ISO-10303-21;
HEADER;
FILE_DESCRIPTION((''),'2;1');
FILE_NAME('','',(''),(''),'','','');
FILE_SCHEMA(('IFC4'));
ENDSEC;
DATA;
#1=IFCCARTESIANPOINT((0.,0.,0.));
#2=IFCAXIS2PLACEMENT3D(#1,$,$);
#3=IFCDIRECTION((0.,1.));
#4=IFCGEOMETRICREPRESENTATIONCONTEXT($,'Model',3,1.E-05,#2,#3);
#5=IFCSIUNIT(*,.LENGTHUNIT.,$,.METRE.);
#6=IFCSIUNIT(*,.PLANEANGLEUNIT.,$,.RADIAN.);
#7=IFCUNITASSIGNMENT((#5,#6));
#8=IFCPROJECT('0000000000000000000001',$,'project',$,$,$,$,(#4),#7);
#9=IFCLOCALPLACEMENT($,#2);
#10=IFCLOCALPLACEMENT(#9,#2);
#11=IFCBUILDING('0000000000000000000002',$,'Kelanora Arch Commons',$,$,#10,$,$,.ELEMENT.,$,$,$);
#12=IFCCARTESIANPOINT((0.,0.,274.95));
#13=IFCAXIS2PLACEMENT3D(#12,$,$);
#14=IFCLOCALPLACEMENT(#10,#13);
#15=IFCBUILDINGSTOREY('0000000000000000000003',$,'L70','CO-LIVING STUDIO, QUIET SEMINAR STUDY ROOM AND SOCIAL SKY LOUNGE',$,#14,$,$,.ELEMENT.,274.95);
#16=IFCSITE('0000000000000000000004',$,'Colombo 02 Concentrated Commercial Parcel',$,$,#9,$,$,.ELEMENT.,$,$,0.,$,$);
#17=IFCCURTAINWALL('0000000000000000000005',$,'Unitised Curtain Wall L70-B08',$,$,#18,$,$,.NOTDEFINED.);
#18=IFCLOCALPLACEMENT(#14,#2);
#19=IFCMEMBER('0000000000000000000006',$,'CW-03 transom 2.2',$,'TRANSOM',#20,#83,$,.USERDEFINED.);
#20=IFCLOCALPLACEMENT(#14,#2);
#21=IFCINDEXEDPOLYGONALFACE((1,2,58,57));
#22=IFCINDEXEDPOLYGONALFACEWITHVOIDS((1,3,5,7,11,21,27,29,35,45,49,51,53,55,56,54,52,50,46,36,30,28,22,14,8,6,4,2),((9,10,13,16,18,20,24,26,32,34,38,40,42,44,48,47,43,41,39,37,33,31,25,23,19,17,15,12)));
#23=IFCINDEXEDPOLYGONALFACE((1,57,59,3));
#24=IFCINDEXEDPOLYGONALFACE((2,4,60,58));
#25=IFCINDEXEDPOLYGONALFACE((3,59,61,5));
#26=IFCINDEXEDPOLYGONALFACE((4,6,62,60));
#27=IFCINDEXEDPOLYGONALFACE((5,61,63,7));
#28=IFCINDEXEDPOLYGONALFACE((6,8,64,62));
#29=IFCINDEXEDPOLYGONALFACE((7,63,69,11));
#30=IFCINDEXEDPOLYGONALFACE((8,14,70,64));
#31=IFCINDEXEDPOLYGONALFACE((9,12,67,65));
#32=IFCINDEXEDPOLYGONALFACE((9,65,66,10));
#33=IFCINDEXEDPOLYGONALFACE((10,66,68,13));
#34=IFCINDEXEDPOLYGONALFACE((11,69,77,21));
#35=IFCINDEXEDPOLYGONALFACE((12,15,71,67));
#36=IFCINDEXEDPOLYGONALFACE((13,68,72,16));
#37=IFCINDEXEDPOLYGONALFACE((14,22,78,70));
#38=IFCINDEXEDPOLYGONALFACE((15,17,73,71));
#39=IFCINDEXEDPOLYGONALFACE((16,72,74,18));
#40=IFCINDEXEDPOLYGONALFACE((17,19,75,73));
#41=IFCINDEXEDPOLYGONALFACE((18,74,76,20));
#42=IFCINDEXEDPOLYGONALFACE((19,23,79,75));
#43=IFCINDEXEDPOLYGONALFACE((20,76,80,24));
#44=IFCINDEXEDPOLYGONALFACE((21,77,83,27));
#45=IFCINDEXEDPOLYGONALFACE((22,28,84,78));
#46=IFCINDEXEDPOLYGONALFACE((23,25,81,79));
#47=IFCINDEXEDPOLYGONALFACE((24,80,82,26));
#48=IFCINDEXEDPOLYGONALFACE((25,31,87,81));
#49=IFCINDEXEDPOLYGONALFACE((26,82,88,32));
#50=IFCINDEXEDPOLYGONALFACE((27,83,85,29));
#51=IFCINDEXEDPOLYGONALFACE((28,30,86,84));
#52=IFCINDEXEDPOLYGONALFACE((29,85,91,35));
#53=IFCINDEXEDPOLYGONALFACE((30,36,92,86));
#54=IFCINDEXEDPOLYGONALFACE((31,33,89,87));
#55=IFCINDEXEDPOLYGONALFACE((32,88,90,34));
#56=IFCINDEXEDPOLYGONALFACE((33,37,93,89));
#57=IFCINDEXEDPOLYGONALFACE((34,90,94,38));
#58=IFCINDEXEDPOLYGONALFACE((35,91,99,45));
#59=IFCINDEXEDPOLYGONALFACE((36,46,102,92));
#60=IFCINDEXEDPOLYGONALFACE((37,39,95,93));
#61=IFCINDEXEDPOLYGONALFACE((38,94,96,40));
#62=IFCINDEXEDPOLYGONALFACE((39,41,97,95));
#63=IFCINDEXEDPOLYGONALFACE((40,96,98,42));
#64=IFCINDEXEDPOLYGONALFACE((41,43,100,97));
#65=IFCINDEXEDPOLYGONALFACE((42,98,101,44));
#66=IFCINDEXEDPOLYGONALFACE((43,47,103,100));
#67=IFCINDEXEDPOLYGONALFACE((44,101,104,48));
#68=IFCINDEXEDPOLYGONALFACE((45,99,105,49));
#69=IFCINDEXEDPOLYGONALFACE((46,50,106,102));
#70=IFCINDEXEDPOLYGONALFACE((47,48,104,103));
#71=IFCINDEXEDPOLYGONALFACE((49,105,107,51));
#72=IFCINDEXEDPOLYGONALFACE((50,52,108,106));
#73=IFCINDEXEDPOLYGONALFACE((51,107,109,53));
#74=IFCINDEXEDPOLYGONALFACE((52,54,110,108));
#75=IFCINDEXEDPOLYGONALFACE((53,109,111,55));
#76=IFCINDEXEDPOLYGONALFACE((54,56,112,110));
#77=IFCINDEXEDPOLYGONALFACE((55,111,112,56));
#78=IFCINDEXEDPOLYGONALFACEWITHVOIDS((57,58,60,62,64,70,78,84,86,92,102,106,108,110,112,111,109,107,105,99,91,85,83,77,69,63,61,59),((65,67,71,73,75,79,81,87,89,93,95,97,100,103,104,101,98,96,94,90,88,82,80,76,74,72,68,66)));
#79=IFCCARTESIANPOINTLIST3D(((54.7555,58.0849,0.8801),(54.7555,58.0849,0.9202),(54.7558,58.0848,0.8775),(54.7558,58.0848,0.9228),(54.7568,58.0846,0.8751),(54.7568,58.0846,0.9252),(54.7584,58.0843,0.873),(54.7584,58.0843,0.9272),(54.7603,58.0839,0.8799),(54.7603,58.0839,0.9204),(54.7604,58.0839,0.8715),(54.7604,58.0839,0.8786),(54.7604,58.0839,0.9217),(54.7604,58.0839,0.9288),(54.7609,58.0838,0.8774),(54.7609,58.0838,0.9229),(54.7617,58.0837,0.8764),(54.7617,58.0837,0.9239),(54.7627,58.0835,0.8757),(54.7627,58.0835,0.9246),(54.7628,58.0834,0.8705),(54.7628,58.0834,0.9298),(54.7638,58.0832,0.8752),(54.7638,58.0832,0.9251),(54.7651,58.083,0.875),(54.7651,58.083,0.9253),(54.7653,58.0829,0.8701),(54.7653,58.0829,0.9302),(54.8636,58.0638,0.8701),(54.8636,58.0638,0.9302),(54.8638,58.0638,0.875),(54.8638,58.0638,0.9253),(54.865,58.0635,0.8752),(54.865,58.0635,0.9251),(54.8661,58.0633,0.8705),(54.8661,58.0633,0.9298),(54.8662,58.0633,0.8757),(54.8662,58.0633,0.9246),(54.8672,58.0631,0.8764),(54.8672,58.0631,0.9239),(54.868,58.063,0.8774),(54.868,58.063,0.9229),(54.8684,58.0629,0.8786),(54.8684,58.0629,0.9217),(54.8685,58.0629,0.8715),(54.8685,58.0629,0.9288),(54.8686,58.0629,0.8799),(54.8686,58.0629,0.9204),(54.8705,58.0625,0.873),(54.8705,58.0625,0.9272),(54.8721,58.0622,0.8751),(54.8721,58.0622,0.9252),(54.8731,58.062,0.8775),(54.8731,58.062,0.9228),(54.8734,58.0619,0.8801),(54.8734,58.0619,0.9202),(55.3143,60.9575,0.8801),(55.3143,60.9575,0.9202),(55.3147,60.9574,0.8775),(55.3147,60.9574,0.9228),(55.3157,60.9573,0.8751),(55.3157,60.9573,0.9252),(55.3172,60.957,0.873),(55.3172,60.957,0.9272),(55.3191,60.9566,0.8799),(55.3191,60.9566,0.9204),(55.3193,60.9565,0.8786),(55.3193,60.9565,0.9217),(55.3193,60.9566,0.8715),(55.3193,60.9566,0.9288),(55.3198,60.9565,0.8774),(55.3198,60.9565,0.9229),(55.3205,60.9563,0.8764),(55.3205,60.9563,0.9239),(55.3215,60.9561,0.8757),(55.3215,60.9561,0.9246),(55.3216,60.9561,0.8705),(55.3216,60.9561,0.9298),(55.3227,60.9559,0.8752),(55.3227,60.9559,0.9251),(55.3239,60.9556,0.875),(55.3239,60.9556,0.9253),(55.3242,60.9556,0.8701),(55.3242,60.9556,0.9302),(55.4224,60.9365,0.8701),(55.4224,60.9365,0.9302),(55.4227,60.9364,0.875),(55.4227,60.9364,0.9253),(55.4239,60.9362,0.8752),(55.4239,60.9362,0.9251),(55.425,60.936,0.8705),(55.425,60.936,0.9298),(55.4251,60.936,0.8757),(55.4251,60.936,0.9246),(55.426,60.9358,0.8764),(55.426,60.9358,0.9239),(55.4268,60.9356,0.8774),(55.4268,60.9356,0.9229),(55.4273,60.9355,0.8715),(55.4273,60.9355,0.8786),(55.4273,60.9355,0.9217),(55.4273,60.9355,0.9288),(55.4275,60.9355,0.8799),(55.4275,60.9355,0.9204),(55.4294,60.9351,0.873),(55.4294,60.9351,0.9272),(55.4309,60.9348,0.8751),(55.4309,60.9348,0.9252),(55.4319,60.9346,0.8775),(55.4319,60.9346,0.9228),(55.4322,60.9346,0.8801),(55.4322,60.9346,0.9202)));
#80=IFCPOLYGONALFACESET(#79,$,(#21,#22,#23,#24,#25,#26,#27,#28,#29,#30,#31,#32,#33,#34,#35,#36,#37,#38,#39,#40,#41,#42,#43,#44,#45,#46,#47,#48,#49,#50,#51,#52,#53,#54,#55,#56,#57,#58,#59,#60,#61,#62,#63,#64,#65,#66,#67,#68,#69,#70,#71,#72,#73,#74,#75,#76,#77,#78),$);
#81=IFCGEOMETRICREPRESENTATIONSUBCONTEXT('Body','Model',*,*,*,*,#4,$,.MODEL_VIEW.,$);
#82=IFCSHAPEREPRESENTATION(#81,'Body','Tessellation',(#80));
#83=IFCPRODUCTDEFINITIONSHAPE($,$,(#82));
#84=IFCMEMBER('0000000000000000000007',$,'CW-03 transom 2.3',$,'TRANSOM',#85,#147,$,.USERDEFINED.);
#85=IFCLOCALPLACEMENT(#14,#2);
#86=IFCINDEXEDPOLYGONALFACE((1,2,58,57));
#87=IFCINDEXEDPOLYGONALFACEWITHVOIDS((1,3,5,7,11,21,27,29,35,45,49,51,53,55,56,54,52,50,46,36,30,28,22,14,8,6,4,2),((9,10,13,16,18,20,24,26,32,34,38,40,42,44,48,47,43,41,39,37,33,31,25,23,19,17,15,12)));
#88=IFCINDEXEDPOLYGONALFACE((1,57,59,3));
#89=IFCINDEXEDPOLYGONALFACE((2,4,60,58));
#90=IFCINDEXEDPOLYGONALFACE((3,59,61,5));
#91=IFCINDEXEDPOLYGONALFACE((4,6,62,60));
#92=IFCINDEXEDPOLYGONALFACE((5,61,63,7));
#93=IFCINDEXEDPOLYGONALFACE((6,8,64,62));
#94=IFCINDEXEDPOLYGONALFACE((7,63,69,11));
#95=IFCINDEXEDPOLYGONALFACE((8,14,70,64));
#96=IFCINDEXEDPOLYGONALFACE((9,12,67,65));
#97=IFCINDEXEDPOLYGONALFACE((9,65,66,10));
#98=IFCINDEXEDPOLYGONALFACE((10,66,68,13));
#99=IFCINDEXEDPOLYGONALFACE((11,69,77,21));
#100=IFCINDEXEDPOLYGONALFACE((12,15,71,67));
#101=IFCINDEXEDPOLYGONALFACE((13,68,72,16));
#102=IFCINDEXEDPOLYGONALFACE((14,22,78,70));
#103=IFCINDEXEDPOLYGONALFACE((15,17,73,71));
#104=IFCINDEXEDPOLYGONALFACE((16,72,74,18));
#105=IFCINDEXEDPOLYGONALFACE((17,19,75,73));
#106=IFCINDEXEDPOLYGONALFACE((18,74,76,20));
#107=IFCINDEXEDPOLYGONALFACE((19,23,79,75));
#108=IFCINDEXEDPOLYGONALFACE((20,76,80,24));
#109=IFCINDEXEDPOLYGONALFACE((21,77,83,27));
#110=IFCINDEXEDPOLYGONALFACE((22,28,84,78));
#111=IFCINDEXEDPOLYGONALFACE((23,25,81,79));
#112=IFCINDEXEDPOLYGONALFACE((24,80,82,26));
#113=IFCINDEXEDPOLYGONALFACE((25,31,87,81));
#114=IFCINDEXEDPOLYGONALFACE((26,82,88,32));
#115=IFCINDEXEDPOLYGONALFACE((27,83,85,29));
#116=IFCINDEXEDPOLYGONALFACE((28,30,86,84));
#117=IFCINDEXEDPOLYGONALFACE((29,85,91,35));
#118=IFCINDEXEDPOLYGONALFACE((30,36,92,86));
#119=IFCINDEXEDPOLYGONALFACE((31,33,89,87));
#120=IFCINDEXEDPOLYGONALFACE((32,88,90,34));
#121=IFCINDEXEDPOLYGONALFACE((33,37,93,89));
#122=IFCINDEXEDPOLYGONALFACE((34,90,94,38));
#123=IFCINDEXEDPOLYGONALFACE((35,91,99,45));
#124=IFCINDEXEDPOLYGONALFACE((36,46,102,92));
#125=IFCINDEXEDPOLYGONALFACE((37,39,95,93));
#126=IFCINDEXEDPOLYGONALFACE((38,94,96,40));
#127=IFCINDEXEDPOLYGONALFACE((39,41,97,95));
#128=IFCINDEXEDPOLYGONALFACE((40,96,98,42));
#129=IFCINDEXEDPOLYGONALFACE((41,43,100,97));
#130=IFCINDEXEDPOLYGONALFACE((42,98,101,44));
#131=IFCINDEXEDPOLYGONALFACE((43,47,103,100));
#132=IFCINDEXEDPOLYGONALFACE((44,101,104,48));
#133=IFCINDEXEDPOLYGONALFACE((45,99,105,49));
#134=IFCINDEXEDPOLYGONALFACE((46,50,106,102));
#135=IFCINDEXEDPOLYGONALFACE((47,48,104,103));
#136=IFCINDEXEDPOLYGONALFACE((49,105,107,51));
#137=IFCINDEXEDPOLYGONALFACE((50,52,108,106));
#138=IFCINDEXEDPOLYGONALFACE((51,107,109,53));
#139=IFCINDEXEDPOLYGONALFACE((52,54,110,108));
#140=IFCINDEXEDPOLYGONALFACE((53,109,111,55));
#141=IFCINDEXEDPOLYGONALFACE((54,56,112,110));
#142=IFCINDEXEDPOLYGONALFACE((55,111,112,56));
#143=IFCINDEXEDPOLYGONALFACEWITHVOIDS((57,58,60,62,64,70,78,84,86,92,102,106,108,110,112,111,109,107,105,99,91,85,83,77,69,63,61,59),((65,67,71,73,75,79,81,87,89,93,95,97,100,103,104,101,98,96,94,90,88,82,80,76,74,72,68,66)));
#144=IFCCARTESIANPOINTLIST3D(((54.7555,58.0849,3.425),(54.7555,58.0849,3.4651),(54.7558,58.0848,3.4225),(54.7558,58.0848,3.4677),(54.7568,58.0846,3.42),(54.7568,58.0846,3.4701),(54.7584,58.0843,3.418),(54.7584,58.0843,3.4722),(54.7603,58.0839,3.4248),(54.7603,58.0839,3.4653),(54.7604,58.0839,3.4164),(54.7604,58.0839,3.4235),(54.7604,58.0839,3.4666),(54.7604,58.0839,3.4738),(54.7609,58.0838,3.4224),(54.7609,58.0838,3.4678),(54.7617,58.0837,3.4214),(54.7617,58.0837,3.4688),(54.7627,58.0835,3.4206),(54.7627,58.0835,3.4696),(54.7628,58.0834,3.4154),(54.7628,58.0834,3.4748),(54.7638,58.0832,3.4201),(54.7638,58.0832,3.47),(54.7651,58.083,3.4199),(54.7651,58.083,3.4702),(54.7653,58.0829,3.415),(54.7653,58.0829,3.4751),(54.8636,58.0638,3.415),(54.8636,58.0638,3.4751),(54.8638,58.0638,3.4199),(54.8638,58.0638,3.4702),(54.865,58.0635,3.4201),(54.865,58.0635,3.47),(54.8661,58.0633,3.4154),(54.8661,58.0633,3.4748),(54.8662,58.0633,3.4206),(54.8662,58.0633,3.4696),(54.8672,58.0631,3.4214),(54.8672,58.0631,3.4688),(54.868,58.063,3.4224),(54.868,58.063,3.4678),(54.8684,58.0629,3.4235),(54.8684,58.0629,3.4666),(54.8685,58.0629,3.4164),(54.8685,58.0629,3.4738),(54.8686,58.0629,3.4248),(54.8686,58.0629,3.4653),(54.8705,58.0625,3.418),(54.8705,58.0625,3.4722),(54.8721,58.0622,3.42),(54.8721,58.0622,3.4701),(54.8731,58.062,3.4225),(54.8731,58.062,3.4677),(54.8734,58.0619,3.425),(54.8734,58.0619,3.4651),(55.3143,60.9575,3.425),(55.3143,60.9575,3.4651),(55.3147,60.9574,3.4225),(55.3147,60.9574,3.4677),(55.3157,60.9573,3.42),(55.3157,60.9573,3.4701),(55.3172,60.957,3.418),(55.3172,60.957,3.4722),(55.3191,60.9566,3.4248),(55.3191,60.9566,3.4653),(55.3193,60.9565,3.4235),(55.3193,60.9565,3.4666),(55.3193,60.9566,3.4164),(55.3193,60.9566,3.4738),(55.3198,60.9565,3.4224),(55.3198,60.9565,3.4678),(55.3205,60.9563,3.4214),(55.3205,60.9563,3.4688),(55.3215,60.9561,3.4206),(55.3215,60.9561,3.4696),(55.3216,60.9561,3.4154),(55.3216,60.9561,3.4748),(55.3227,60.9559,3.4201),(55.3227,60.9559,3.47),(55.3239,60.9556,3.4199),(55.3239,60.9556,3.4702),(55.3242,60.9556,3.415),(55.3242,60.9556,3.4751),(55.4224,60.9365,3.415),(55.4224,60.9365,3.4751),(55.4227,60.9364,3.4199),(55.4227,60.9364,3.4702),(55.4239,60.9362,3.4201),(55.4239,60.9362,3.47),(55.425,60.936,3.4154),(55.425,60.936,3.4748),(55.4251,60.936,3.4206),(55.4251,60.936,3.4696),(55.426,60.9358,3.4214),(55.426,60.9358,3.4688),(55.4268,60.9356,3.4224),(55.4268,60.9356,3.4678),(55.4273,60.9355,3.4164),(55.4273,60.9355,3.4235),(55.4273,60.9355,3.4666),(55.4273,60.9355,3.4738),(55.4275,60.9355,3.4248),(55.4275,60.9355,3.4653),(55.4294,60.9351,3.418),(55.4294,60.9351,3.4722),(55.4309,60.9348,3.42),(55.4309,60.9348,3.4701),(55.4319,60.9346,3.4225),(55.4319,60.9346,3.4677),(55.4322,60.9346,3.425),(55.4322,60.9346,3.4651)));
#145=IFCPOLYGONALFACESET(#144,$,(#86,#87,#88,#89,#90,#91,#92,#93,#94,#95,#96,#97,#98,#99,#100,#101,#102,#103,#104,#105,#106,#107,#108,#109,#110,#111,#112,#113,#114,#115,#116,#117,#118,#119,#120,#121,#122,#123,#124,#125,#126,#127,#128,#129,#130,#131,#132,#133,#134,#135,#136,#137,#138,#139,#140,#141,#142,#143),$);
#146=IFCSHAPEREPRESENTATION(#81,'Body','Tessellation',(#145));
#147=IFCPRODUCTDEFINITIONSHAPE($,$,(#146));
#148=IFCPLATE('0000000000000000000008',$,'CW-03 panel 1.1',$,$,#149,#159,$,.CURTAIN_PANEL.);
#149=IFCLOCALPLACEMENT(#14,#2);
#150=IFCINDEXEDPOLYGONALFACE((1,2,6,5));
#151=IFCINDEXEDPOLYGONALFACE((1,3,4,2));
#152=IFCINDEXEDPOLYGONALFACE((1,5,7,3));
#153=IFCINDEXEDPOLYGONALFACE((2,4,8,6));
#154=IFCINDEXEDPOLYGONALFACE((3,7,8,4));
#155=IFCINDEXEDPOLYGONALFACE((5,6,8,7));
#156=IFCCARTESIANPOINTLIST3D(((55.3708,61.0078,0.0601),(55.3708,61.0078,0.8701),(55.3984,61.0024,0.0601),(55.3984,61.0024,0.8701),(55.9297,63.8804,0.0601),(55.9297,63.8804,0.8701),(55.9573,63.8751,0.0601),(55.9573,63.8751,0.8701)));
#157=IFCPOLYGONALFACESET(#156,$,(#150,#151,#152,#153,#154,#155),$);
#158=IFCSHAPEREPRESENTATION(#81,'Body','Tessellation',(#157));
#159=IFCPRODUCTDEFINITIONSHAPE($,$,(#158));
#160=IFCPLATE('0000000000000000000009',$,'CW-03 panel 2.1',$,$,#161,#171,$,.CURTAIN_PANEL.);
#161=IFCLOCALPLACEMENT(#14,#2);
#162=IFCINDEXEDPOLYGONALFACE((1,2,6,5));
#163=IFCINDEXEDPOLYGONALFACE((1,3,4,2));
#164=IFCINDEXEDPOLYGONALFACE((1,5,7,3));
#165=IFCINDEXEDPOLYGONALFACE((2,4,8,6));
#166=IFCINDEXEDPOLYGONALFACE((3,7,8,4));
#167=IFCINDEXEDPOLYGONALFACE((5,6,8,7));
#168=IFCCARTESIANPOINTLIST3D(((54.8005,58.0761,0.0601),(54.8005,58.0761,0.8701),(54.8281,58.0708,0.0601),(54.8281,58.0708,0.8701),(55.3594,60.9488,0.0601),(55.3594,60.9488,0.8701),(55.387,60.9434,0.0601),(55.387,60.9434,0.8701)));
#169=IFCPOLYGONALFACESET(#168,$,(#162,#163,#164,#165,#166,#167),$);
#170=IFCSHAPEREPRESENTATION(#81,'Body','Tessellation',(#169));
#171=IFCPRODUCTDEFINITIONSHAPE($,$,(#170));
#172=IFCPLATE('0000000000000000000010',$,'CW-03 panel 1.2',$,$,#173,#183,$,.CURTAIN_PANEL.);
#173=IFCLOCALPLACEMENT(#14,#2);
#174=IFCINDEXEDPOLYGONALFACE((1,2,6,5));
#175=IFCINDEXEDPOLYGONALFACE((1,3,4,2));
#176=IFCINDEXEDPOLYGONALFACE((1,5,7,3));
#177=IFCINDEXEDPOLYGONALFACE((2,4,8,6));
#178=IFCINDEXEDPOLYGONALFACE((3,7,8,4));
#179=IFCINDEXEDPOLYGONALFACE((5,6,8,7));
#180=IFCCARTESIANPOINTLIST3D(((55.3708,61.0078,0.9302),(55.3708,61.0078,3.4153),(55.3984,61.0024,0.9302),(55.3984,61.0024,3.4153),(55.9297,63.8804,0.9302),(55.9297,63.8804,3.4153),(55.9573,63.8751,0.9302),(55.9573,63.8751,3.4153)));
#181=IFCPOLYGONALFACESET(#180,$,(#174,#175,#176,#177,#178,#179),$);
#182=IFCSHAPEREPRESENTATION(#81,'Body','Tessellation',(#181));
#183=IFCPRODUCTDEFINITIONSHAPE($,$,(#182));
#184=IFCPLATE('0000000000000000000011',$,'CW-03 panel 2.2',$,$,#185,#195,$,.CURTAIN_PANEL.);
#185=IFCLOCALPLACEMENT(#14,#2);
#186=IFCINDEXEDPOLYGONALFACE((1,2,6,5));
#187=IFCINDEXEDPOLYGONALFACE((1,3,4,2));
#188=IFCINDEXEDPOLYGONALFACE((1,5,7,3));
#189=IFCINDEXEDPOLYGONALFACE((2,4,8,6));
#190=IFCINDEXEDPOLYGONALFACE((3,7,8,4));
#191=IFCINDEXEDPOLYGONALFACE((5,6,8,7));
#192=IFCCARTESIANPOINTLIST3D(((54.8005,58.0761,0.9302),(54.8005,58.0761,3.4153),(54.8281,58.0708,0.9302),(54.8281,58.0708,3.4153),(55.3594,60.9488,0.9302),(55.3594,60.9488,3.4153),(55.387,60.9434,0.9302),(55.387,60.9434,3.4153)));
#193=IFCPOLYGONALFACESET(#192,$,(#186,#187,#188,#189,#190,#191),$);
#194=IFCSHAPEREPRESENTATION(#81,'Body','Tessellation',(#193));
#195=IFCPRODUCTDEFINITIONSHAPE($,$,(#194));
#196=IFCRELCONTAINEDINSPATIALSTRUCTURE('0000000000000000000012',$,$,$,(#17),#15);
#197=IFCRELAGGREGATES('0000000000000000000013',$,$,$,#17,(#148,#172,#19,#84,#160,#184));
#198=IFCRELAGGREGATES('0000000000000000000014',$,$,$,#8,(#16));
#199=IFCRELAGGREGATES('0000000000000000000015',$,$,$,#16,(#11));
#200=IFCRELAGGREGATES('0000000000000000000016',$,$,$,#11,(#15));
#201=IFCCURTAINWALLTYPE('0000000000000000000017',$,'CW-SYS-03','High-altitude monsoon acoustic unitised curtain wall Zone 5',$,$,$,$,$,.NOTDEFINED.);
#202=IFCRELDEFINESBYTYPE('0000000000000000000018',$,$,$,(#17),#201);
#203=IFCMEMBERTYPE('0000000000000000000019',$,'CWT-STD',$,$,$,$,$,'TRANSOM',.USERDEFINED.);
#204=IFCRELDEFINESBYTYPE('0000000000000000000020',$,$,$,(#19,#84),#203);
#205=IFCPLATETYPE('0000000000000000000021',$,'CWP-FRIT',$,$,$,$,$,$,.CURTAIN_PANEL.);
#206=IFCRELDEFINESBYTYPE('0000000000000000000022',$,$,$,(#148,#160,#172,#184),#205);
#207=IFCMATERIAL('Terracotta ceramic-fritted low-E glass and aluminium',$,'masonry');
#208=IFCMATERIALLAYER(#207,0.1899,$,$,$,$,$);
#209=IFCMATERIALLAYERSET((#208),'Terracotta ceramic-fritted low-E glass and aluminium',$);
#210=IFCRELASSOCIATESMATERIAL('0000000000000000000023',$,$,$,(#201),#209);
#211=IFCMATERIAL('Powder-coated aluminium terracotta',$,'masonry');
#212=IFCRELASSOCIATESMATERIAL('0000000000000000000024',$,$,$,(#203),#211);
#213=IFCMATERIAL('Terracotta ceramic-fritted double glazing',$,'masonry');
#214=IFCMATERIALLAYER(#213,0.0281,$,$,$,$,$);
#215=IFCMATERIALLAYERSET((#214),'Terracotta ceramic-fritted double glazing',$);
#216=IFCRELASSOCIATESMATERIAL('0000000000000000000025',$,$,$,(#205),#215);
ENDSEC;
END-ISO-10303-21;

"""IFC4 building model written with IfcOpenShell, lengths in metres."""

from ifc_helpers import new_model, si_unit, direction, frame, origin, origin_2d, place, context, subcontext, project, spatial, rectangle, hollow_rectangle, extrude, source, transform, mapped, material, layer, layer_set, material_profile, profile_set, type_object, element, aggregate, save


model = new_model("IFC4")

# Units and contexts
model_context = context("Model", 3, precision=1e-05, world=origin(), true_north=direction((0.0, 1.0)))
body_context = subcontext(model_context, "Body", "Model", "MODEL_VIEW")
ifc_project = project(units=[si_unit("LENGTHUNIT", "METRE"), si_unit("PLANEANGLEUNIT", "RADIAN")], contexts=[model_context])

# Site, building, storey
site_placement = place(None, origin())
site = spatial("IfcSite", under=ifc_project, at=site_placement, Name="Colombo 02 Concentrated Commercial Parcel", CompositionType="ELEMENT", RefElevation=0.0)
building_placement = place(site_placement, origin())
building = spatial("IfcBuilding", under=site, at=building_placement, Name="Kelanora Arch Commons", CompositionType="ELEMENT")
storey_placement = place(building_placement, frame((0.0, 0.0, 274.95)))
storey = spatial("IfcBuildingStorey", under=building, at=storey_placement, Name="L70", Description="CO-LIVING STUDIO, QUIET SEMINAR STUDY ROOM AND SOCIAL SKY LOUNGE", CompositionType="ELEMENT", Elevation=274.95)

# Curtain wall, members, plates
ifc_material_1 = material(Name="Terracotta ceramic-fritted low-E glass and aluminium", Category="masonry")
ifc_layer_1 = layer(ifc_material_1, 0.1899)
ifc_layer_set_1 = layer_set([ifc_layer_1], Name="Terracotta ceramic-fritted low-E glass and aluminium")
curtain_wall_type = type_object("IfcCurtainWallType", Name="CW-SYS-03", Description="High-altitude monsoon acoustic unitised curtain wall Zone 5", PredefinedType="NOTDEFINED", material=ifc_layer_set_1)
curtain_wall_placement = place(storey_placement, origin())
curtain_wall = element("IfcCurtainWall", 1, at=curtain_wall_placement, inside=storey, type_object=curtain_wall_type, Name="Unitised Curtain Wall L70-B08", PredefinedType="NOTDEFINED")
ifc_material_2 = material(Name="Powder-coated aluminium terracotta", Category="masonry")
ifc_material_profile_1 = material_profile(ifc_material_2, hollow_rectangle(XDim=0.1201, YDim=0.0601, WallThickness=0.0049, InnerFilletRadius=0.0049, OuterFilletRadius=0.01, at=origin_2d()), Name="CWT120x60")
ifc_profile_set_1 = profile_set([ifc_material_profile_1], Name="Powder-coated aluminium terracotta")
member_type_1 = type_object("IfcMemberType", Name="CWT-STD", ElementType="TRANSOM", PredefinedType="USERDEFINED", material=ifc_profile_set_1)
member_1_placement = place(storey_placement, frame((55.3733, 60.946, 0.9001), z_axis=(-0.190963, -0.981597, 0.0), x_axis=(0.981597, -0.190963, 0.0)))
member_1 = element("IfcMember", 2, at=member_1_placement, type_object=member_type_1, Name="CW-03 transom 2.2", ObjectType="TRANSOM", PredefinedType="USERDEFINED", context=body_context, shape_type="SweptSolid", body=[
    extrude(hollow_rectangle(XDim=0.1201, YDim=0.0601, WallThickness=0.0049, InnerFilletRadius=0.0049, OuterFilletRadius=0.01, at=origin_2d()), origin(), (0.0, 0.0, 1.0), 2.9265),
])
member_2_placement = place(storey_placement, frame((55.3733, 60.946, 3.4451), z_axis=(-0.190963, -0.981597, 0.0), x_axis=(0.981597, -0.190963, 0.0)))
member_2 = element("IfcMember", 3, at=member_2_placement, type_object=member_type_1, Name="CW-03 transom 2.3", ObjectType="TRANSOM", PredefinedType="USERDEFINED", context=body_context, shape_type="SweptSolid", body=[
    extrude(hollow_rectangle(XDim=0.1201, YDim=0.0601, WallThickness=0.0049, InnerFilletRadius=0.0049, OuterFilletRadius=0.01, at=origin_2d()), origin(), (0.0, 0.0, 1.0), 2.9265),
])
ifc_material_3 = material(Name="Terracotta ceramic-fritted double glazing", Category="masonry")
ifc_layer_2 = layer(ifc_material_3, 0.0281)
ifc_layer_set_2 = layer_set([ifc_layer_2], Name="Terracotta ceramic-fritted double glazing")
plate_type = type_object("IfcPlateType", Name="CWP-FRIT", PredefinedType="CURTAIN_PANEL", material=ifc_layer_set_2)
shared_shape_1 = source(origin(), body_context, "Body", "SweptSolid", [
    extrude(rectangle(XDim=2.9265, YDim=0.0281, at=origin_2d()), origin(), (0.0, 0.0, 1.0), 0.8101),
])
plate_1_placement = place(storey_placement, frame((55.6641, 62.4414, 0.0601), z_axis=(0.0, 0.0, 1.0), x_axis=(-0.190972, -0.981596, 0.0)))
plate_1 = element("IfcPlate", 4, at=plate_1_placement, type_object=plate_type, Name="CW-03 panel 1.1", PredefinedType="CURTAIN_PANEL", context=body_context, shape_type="MappedRepresentation", body=[
    mapped(shared_shape_1, transform((0.0, 0.0, 0.0), scale=1.0)),
])
plate_2_placement = place(storey_placement, frame((55.0938, 59.5098, 0.0601), z_axis=(0.0, 0.0, 1.0), x_axis=(-0.190972, -0.981596, 0.0)))
plate_2 = element("IfcPlate", 5, at=plate_2_placement, type_object=plate_type, Name="CW-03 panel 2.1", PredefinedType="CURTAIN_PANEL", context=body_context, shape_type="MappedRepresentation", body=[
    mapped(shared_shape_1, transform((0.0, 0.0, 0.0), scale=1.0)),
])
shared_shape_2 = source(origin(), body_context, "Body", "SweptSolid", [
    extrude(rectangle(XDim=2.9265, YDim=0.0281, at=origin_2d()), origin(), (0.0, 0.0, 1.0), 2.4851),
])
plate_3_placement = place(storey_placement, frame((55.6641, 62.4414, 0.9302), z_axis=(0.0, 0.0, 1.0), x_axis=(-0.190972, -0.981596, 0.0)))
plate_3 = element("IfcPlate", 6, at=plate_3_placement, type_object=plate_type, Name="CW-03 panel 1.2", PredefinedType="CURTAIN_PANEL", context=body_context, shape_type="MappedRepresentation", body=[
    mapped(shared_shape_2, transform((0.0, 0.0, 0.0), scale=1.0)),
])
plate_4_placement = place(storey_placement, frame((55.0938, 59.5098, 0.9302), z_axis=(0.0, 0.0, 1.0), x_axis=(-0.190972, -0.981596, 0.0)))
plate_4 = element("IfcPlate", 7, at=plate_4_placement, type_object=plate_type, Name="CW-03 panel 2.2", PredefinedType="CURTAIN_PANEL", context=body_context, shape_type="MappedRepresentation", body=[
    mapped(shared_shape_2, transform((0.0, 0.0, 0.0), scale=1.0)),
])
aggregate(curtain_wall, [plate_1, plate_3, member_1, member_2, plate_2, plate_4])

save(model, "model.ifc")
